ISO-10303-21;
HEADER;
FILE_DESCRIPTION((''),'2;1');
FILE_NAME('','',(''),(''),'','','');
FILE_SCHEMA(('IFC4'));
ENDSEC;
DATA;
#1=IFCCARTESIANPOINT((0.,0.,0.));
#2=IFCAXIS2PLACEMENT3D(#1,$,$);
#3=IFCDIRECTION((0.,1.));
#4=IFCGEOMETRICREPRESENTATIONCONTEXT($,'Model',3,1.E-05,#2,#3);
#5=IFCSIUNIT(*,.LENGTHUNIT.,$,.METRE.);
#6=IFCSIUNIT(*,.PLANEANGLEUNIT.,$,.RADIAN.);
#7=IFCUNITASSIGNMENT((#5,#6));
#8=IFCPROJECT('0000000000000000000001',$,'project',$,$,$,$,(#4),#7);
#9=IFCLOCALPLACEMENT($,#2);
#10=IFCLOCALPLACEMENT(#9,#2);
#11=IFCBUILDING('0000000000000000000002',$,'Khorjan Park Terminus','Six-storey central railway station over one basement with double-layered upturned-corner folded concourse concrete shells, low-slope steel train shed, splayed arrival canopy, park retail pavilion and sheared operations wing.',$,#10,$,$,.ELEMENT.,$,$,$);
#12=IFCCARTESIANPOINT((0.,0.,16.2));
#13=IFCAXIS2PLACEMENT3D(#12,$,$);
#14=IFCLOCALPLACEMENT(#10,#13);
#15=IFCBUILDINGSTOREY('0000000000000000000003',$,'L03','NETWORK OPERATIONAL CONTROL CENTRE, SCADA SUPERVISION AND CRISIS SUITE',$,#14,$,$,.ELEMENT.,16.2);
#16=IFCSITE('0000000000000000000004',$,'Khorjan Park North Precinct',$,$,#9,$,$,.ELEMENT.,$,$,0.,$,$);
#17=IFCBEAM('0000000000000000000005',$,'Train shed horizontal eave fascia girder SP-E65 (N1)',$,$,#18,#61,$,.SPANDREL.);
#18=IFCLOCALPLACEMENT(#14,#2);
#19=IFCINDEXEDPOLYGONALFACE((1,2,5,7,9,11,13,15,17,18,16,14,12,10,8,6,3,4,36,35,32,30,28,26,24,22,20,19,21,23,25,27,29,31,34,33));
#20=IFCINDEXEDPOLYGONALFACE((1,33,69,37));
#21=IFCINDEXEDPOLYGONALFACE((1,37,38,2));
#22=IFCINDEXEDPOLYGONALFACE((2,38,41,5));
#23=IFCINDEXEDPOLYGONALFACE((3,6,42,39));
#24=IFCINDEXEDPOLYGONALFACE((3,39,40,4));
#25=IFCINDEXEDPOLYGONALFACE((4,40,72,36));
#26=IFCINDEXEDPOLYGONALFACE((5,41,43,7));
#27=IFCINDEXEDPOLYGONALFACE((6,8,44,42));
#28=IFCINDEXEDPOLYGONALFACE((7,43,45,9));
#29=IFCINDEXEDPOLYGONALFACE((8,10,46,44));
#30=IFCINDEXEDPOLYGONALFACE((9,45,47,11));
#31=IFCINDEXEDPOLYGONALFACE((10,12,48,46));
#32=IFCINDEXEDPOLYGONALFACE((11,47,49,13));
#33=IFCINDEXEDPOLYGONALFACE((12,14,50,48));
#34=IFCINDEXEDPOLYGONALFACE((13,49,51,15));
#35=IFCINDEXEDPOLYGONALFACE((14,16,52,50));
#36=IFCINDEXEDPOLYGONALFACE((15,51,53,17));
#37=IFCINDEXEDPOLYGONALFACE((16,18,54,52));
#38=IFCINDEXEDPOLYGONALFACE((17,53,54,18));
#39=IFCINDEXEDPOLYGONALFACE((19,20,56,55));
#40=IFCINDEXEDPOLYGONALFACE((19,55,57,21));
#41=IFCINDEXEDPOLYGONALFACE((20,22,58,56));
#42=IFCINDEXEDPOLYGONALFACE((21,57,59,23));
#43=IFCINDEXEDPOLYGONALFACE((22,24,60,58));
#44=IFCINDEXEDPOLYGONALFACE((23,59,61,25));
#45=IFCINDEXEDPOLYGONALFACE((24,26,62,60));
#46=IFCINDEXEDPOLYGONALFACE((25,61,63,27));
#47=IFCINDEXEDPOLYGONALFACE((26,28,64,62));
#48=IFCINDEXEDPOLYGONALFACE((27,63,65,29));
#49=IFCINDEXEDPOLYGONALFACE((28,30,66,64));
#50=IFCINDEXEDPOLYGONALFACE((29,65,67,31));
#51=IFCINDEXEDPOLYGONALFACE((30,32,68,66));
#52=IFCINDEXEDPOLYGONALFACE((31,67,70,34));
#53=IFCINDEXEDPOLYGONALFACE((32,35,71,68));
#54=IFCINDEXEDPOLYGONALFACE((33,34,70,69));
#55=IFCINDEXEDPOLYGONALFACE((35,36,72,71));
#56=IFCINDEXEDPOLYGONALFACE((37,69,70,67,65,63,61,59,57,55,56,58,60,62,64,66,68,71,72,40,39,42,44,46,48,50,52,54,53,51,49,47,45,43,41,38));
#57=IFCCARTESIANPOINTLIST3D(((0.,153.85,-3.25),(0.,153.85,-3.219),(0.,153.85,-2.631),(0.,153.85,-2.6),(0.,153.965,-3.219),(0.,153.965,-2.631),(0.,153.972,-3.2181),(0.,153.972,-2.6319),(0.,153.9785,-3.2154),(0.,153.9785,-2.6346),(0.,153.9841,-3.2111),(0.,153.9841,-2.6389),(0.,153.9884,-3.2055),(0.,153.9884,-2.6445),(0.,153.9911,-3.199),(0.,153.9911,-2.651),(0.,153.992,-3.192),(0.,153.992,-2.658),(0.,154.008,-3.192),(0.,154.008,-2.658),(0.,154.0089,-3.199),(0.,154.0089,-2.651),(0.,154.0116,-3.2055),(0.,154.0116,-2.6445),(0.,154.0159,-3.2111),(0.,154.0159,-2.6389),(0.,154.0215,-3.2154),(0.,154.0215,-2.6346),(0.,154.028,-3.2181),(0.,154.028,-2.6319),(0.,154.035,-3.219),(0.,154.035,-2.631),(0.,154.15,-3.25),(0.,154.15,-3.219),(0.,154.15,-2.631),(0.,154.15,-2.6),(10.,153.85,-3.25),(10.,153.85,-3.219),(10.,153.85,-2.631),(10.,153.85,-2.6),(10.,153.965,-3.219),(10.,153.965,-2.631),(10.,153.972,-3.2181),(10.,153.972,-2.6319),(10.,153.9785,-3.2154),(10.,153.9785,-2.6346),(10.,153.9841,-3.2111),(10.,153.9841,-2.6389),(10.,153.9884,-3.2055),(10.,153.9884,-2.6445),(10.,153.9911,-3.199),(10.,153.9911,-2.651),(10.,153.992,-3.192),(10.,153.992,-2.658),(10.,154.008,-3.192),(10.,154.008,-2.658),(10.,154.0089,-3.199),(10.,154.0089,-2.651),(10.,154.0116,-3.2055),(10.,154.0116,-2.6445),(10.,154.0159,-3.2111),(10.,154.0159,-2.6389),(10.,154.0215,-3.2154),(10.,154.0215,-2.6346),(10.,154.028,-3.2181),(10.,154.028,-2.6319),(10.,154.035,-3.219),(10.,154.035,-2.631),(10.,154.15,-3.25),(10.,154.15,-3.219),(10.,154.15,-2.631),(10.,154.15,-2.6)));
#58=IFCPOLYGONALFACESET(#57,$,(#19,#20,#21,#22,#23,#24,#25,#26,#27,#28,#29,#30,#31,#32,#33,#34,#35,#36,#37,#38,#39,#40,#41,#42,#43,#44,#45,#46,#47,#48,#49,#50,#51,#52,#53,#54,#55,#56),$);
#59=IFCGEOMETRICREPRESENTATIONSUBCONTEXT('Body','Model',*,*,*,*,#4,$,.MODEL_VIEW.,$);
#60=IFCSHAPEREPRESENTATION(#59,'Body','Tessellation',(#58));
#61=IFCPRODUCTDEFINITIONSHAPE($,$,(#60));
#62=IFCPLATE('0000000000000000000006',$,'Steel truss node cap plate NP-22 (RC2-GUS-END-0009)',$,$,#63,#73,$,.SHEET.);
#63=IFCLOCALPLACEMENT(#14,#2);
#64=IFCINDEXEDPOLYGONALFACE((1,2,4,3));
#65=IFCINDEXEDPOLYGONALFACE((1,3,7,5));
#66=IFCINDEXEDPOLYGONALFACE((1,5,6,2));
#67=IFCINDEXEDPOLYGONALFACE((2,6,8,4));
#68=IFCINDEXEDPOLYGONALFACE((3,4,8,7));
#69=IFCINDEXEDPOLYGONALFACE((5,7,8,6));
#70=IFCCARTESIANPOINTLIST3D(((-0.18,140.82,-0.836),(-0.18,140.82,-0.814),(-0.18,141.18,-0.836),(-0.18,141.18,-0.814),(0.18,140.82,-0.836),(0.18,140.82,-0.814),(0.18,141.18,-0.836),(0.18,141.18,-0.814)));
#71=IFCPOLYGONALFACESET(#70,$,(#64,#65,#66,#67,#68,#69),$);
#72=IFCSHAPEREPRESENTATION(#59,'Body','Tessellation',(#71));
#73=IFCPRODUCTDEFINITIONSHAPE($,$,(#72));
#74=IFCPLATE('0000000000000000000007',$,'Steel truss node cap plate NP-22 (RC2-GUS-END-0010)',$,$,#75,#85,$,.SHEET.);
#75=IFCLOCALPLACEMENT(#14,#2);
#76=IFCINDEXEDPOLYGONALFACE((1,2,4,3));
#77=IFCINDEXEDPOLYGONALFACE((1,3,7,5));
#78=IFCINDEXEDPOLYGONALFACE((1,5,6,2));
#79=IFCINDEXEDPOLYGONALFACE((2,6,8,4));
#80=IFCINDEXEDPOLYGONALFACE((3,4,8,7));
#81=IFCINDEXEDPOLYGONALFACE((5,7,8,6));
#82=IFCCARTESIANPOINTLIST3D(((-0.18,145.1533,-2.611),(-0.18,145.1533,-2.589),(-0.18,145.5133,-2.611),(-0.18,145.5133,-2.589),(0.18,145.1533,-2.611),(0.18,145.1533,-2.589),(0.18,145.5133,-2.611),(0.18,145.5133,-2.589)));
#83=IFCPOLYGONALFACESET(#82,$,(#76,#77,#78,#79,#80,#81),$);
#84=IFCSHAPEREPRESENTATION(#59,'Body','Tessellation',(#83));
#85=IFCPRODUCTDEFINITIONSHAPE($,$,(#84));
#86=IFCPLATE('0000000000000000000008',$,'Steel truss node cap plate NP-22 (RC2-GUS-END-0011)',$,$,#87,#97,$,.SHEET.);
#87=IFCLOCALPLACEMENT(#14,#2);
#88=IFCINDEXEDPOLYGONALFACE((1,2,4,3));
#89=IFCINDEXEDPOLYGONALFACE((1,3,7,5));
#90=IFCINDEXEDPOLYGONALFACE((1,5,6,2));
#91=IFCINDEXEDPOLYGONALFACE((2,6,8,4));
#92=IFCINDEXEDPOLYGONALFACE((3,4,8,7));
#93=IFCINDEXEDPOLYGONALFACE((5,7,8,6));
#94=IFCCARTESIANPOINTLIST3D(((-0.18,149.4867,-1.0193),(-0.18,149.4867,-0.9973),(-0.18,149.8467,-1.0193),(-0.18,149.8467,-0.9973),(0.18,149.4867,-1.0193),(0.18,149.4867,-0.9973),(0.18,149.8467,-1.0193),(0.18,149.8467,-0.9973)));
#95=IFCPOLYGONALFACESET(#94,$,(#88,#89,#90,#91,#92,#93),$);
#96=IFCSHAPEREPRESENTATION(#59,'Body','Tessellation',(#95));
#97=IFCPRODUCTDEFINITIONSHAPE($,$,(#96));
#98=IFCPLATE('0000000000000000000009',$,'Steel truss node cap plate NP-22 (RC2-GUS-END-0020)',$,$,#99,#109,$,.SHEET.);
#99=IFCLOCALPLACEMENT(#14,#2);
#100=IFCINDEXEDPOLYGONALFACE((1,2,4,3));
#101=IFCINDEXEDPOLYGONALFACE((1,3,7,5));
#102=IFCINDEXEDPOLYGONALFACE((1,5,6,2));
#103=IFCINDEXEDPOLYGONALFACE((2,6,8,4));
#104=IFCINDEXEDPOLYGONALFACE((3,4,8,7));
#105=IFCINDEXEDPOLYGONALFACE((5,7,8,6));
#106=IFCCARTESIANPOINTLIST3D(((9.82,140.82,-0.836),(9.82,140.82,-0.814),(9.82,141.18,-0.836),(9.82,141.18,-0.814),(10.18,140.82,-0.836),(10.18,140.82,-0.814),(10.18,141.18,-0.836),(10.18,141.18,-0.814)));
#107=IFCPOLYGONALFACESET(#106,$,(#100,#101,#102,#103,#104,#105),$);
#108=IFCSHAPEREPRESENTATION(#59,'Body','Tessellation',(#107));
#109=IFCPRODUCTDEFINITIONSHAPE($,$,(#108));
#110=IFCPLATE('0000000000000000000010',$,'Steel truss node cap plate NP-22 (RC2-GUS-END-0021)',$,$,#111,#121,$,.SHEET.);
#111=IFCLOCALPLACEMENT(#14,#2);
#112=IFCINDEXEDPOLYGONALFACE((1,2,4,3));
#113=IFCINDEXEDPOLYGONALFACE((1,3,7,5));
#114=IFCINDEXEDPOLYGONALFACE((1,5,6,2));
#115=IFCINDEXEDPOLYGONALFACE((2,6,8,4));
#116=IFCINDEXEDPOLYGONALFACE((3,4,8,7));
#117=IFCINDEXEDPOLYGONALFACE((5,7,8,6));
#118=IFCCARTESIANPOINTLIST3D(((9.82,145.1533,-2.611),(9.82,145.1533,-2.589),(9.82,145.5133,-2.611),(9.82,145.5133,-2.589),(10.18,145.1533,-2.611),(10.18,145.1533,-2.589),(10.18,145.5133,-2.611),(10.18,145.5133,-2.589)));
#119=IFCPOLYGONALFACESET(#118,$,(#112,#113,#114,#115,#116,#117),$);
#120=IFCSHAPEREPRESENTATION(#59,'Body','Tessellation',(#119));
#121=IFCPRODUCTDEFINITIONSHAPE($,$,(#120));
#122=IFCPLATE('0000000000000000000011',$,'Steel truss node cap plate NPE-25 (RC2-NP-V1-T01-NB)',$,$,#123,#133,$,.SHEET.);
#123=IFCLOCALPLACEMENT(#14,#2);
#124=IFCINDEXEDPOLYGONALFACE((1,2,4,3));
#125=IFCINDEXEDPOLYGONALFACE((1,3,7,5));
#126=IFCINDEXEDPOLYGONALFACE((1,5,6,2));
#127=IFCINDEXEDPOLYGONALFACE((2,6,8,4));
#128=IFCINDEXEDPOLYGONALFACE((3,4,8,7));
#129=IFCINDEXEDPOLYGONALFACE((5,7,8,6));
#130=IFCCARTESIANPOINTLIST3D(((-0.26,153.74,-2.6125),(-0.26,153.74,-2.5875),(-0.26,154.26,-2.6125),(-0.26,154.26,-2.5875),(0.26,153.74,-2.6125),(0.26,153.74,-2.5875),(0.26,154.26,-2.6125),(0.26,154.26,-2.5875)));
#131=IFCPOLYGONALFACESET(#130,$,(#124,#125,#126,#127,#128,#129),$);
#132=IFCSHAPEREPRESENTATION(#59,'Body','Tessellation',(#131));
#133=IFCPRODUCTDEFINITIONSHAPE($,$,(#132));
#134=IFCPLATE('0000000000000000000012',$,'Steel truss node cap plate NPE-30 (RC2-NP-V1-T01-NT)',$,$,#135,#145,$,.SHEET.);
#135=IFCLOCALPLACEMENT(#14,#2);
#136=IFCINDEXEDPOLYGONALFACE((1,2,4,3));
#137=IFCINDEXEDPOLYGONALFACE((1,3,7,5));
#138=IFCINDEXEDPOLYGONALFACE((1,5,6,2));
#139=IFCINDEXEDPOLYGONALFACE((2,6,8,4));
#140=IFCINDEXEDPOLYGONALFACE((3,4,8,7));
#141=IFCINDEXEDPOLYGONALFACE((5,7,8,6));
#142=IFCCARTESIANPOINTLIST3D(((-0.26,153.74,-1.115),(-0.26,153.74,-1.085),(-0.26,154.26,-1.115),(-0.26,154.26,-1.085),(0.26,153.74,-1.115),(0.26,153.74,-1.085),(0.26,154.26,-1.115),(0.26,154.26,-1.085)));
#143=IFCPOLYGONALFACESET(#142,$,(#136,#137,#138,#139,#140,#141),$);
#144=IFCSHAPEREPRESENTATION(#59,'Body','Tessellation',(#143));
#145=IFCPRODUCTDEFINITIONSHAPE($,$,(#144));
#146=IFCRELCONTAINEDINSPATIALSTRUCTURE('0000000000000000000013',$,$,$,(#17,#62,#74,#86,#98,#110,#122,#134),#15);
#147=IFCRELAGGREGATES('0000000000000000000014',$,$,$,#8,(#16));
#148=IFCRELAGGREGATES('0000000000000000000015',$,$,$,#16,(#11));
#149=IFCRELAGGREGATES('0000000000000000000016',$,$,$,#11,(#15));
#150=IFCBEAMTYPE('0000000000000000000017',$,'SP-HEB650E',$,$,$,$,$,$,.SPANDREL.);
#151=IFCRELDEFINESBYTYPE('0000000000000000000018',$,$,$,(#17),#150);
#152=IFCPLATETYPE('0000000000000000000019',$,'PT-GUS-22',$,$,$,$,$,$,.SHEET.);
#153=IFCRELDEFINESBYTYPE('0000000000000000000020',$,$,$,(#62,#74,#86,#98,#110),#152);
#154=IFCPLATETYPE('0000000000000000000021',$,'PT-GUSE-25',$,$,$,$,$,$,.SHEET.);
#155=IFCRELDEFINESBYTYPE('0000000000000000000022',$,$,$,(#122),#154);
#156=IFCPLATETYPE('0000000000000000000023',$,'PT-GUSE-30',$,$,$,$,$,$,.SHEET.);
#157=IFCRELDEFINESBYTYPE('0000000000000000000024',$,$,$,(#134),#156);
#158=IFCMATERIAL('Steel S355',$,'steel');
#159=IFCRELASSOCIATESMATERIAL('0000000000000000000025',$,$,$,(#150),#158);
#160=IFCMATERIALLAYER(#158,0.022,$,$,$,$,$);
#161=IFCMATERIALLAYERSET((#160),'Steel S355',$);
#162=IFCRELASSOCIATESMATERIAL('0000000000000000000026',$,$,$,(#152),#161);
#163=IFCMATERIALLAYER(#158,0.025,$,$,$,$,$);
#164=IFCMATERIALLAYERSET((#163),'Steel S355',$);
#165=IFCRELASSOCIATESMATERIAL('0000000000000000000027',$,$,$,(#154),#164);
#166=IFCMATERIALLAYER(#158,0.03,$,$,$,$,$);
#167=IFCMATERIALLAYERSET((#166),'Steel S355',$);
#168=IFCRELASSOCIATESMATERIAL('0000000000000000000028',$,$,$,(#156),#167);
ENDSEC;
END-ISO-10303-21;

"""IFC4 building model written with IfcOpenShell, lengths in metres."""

from ifc_helpers import new_model, si_unit, direction, frame, origin, origin_2d, place, context, subcontext, project, spatial, rectangle, i_section, extrude, material, layer, layer_set, material_profile, profile_set, type_object, element, save


model = new_model("IFC4")

# Units and contexts
model_context = context("Model", 3, precision=1e-05, world=origin(), true_north=direction((0.0, 1.0)))
body_context = subcontext(model_context, "Body", "Model", "MODEL_VIEW")
ifc_project = project(units=[si_unit("LENGTHUNIT", "METRE"), si_unit("PLANEANGLEUNIT", "RADIAN")], contexts=[model_context])

# Site, building, storey
site_placement = place(None, origin())
site = spatial("IfcSite", under=ifc_project, at=site_placement, Name="Khorjan Park North Precinct", CompositionType="ELEMENT", RefElevation=0.0)
building_placement = place(site_placement, origin())
building = spatial("IfcBuilding", under=site, at=building_placement, Name="Khorjan Park Terminus", Description="Six-storey central railway station over one basement with double-layered upturned-corner folded concourse concrete shells, low-slope steel train shed, splayed arrival canopy, park retail pavilion and sheared operations wing.", CompositionType="ELEMENT")
storey_placement = place(building_placement, frame((0.0, 0.0, 16.2)))
storey = spatial("IfcBuildingStorey", under=building, at=storey_placement, Name="L03", Description="NETWORK OPERATIONAL CONTROL CENTRE, SCADA SUPERVISION AND CRISIS SUITE", CompositionType="ELEMENT", Elevation=16.2)

# Shared definitions
ifc_material = material(Name="Steel S355", Category="steel")

# Beam
ifc_material_profile_1 = material_profile(ifc_material, i_section(OverallWidth=0.3, OverallDepth=0.65, WebThickness=0.016, FlangeThickness=0.031, FilletRadius=0.027, at=origin_2d()), Name="HEB 650")
ifc_profile_set_1 = profile_set([ifc_material_profile_1], Name="Steel S355")
beam_type = type_object("IfcBeamType", Name="SP-HEB650E", PredefinedType="SPANDREL", material=ifc_profile_set_1)
beam_placement = place(storey_placement, frame((0.0, 154.0, -2.925), z_axis=(1.0, 0.0, 0.0), x_axis=(0.0, 1.0, 0.0)))
element("IfcBeam", 1, at=beam_placement, inside=storey, type_object=beam_type, Name="Train shed horizontal eave fascia girder SP-E65 (N1)", PredefinedType="SPANDREL", context=body_context, shape_type="SweptSolid", body=[
    extrude(i_section(OverallWidth=0.3, OverallDepth=0.65, WebThickness=0.016, FlangeThickness=0.031, FilletRadius=0.027, at=origin_2d()), origin(), (0.0, 0.0, 1.0), 10.0),
])

# Plates
ifc_layer_1 = layer(ifc_material, 0.022)
ifc_layer_set_1 = layer_set([ifc_layer_1], Name="Steel S355")
plate_type_1 = type_object("IfcPlateType", Name="PT-GUS-22", PredefinedType="SHEET", material=ifc_layer_set_1)
for number, where, z_axis, x_axis, name in (
    (2, (0.0, 141.0, -0.836), (0.0, 0.0, 1.0), (1.0, 0.0, 0.0), "Steel truss node cap plate NP-22 (RC2-GUS-END-0009)"),
    (3, (0.0, 145.3333, -2.611), (0.0, 0.0, 1.0), (1.0, 0.0, 0.0), "Steel truss node cap plate NP-22 (RC2-GUS-END-0010)"),
    (4, (0.0, 149.6667, -1.0193), (0.0, 0.0, 1.0), (1.0, 0.0, 0.0), "Steel truss node cap plate NP-22 (RC2-GUS-END-0011)"),
    (5, (10.0, 141.0, -0.836), (0.0, 0.0, 1.0), (1.0, 0.0, 0.0), "Steel truss node cap plate NP-22 (RC2-GUS-END-0020)"),
    (6, (10.0, 145.3333, -2.611), (0.0, 0.0, 1.0), (1.0, 0.0, 0.0), "Steel truss node cap plate NP-22 (RC2-GUS-END-0021)"),
):
    element("IfcPlate", number, at=place(storey_placement, frame(where, z_axis=z_axis, x_axis=x_axis)), inside=storey, type_object=plate_type_1, Name=name, PredefinedType="SHEET", context=body_context, shape_type="SweptSolid", body=[
        extrude(rectangle(XDim=0.36, YDim=0.36, at=origin_2d()), origin(), (0.0, 0.0, 1.0), 0.022),
    ])
ifc_layer_2 = layer(ifc_material, 0.025)
ifc_layer_set_2 = layer_set([ifc_layer_2], Name="Steel S355")
plate_type_2 = type_object("IfcPlateType", Name="PT-GUSE-25", PredefinedType="SHEET", material=ifc_layer_set_2)
plate_1_placement = place(storey_placement, frame((0.0, 154.0, -2.6125), z_axis=(0.0, 0.0, 1.0), x_axis=(1.0, 0.0, 0.0)))
element("IfcPlate", 7, at=plate_1_placement, inside=storey, type_object=plate_type_2, Name="Steel truss node cap plate NPE-25 (RC2-NP-V1-T01-NB)", PredefinedType="SHEET", context=body_context, shape_type="SweptSolid", body=[
    extrude(rectangle(XDim=0.52, YDim=0.52, at=origin_2d()), origin(), (0.0, 0.0, 1.0), 0.025),
])
ifc_layer_3 = layer(ifc_material, 0.03)
ifc_layer_set_3 = layer_set([ifc_layer_3], Name="Steel S355")
plate_type_3 = type_object("IfcPlateType", Name="PT-GUSE-30", PredefinedType="SHEET", material=ifc_layer_set_3)
plate_2_placement = place(storey_placement, frame((0.0, 154.0, -1.115), z_axis=(0.0, 0.0, 1.0), x_axis=(1.0, 0.0, 0.0)))
element("IfcPlate", 8, at=plate_2_placement, inside=storey, type_object=plate_type_3, Name="Steel truss node cap plate NPE-30 (RC2-NP-V1-T01-NT)", PredefinedType="SHEET", context=body_context, shape_type="SweptSolid", body=[
    extrude(rectangle(XDim=0.52, YDim=0.52, at=origin_2d()), origin(), (0.0, 0.0, 1.0), 0.03),
])

save(model, "model.ifc")
